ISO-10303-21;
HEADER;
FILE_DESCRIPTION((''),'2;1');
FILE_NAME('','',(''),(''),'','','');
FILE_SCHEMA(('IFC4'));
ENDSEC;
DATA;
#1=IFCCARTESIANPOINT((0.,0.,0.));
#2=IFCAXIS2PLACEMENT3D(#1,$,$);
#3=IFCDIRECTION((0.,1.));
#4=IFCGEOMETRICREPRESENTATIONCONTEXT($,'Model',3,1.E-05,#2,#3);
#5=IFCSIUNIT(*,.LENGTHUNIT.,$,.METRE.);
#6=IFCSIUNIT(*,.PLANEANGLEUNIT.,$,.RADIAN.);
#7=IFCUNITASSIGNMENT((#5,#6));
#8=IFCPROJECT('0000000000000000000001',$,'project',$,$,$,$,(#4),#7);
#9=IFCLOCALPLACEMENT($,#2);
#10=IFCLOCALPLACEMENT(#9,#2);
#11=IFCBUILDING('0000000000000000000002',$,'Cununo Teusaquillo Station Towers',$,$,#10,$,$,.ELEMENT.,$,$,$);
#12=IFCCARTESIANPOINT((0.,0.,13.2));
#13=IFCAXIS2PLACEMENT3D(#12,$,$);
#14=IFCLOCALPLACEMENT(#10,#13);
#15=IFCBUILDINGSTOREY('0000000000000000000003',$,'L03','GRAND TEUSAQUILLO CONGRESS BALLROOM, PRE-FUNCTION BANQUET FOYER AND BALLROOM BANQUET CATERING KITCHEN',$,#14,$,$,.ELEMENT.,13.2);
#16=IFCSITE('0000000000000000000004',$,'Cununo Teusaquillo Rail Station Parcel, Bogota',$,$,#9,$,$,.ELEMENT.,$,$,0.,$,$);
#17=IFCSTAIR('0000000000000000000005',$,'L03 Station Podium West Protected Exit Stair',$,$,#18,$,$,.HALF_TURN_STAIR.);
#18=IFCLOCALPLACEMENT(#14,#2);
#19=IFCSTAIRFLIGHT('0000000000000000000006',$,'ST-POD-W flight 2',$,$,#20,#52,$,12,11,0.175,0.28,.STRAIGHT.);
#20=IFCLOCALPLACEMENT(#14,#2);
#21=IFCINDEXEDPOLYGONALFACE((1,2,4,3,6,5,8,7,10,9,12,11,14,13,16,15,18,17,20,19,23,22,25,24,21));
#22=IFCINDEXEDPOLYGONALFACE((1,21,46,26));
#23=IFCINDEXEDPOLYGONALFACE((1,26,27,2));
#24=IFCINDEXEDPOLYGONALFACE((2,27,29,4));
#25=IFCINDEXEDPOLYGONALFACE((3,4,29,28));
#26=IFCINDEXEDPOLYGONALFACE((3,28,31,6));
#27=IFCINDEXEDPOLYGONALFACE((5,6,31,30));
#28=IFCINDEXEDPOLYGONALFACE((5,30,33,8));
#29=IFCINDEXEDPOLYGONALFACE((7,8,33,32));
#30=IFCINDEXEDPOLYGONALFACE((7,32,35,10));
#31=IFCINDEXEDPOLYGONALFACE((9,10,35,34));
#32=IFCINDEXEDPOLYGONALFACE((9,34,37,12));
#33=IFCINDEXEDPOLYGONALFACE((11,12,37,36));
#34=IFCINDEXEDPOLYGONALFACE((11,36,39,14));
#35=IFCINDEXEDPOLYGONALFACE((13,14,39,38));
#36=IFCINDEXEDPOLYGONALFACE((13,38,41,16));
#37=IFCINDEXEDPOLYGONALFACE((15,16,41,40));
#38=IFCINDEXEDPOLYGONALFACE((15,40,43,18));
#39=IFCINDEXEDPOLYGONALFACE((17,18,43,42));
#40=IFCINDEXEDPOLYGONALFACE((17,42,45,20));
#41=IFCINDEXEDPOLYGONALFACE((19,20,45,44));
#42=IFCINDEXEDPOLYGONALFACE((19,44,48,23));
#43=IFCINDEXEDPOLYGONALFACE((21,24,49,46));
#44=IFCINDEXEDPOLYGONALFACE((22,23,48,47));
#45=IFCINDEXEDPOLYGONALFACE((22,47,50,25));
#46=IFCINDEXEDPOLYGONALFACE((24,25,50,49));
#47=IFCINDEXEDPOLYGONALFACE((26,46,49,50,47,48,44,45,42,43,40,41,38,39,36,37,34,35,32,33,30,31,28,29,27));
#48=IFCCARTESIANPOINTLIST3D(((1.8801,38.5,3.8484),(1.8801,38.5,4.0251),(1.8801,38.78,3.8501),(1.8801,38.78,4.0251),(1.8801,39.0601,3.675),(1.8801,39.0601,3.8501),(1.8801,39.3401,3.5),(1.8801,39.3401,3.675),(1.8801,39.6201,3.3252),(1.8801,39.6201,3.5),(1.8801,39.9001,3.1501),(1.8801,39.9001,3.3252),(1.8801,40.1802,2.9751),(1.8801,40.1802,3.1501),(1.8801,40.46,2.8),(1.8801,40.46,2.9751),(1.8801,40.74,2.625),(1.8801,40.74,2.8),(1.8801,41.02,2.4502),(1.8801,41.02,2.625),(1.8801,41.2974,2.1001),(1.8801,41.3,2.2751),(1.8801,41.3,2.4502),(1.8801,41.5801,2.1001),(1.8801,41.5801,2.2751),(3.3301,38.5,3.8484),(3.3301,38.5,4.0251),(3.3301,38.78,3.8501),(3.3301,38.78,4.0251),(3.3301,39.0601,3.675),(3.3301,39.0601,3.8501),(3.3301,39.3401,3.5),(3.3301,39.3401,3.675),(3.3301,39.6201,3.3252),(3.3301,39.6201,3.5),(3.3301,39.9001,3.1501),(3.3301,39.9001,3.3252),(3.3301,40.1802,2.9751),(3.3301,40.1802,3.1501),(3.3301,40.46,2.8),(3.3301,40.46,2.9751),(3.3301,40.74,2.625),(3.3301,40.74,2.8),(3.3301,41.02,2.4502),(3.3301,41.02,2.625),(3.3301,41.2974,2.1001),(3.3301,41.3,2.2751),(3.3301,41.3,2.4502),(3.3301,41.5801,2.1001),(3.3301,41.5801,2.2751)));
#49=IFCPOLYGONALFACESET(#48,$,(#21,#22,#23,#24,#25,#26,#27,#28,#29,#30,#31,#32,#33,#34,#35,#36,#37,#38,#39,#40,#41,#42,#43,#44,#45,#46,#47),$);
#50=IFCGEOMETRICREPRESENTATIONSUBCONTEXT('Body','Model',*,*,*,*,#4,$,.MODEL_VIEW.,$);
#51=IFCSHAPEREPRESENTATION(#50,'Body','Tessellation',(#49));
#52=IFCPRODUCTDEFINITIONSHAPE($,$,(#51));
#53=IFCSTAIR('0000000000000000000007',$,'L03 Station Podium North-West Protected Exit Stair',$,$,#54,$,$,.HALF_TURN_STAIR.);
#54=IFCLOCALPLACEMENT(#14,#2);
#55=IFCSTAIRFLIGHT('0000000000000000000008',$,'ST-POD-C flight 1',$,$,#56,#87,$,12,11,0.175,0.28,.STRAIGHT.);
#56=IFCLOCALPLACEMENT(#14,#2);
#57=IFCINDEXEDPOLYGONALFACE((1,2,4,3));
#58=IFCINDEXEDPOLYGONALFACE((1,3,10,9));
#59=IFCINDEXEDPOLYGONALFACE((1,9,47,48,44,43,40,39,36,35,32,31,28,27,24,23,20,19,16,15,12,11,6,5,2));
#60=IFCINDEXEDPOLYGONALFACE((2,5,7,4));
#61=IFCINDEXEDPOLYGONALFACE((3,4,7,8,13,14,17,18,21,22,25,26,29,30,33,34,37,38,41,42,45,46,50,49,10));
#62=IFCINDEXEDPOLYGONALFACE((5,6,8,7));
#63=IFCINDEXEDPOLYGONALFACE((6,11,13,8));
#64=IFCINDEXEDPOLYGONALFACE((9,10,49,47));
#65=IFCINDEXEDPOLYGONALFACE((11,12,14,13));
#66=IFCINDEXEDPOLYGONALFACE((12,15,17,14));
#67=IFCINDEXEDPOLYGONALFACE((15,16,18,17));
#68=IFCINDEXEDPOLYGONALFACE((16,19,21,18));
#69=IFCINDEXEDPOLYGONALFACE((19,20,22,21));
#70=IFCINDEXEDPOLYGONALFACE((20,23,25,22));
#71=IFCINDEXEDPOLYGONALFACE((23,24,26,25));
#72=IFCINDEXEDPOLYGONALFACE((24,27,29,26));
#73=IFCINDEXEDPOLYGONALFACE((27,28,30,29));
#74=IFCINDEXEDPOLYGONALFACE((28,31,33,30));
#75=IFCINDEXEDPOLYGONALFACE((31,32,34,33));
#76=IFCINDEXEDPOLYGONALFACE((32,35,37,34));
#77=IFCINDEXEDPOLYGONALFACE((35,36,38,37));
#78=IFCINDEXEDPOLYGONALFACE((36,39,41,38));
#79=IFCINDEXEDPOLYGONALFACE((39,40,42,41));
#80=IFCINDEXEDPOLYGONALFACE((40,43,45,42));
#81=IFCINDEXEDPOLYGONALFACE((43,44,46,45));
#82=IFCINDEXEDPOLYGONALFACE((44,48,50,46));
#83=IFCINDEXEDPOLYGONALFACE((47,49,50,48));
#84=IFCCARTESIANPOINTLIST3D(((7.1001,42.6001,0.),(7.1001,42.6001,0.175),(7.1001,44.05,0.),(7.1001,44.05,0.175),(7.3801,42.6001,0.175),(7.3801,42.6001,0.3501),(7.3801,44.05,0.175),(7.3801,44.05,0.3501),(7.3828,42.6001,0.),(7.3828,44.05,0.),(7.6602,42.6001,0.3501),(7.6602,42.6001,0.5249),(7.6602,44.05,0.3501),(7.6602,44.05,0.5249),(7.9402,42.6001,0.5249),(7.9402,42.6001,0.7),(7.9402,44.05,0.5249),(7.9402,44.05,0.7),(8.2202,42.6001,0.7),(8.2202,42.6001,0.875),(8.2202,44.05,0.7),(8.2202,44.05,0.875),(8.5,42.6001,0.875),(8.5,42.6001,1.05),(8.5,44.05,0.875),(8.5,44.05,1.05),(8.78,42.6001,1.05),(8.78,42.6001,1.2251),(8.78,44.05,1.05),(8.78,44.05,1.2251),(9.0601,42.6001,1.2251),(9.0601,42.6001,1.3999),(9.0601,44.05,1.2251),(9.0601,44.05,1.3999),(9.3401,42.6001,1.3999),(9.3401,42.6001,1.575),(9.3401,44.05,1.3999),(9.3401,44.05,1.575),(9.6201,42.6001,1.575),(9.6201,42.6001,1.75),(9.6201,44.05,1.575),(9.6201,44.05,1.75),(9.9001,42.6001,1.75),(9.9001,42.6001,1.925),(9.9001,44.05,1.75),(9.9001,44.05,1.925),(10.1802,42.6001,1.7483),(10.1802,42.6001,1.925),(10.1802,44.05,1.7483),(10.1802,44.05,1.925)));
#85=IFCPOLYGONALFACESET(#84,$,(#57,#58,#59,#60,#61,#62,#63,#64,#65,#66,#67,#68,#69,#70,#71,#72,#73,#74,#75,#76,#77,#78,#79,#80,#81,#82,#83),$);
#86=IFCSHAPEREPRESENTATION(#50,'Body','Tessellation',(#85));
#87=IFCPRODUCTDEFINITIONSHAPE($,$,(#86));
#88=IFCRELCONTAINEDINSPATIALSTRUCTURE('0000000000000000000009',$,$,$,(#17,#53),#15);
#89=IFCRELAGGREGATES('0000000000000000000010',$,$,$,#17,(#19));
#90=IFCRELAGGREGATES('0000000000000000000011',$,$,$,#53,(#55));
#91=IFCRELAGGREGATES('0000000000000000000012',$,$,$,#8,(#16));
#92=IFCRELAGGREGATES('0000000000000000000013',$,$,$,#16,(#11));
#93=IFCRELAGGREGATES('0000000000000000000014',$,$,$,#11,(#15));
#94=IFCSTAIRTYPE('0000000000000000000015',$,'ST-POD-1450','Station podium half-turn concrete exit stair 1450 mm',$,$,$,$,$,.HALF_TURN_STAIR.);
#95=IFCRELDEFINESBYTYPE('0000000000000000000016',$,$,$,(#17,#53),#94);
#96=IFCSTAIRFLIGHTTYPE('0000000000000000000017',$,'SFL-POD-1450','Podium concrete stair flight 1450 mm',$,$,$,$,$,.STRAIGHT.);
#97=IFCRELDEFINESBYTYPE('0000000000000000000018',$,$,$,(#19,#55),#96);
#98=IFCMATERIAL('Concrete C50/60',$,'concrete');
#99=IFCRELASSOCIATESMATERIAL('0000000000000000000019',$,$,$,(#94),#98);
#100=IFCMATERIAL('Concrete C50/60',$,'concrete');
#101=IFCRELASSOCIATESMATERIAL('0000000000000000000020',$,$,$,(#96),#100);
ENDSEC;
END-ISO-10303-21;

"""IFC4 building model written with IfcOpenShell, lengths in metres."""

from ifc_helpers import new_model, si_unit, direction, frame, origin, place, context, subcontext, project, spatial, polyline, outline, extrude, material, type_object, element, aggregate, save


model = new_model("IFC4")

# Units and contexts
model_context = context("Model", 3, precision=1e-05, world=origin(), true_north=direction((0.0, 1.0)))
body_context = subcontext(model_context, "Body", "Model", "MODEL_VIEW")
ifc_project = project(units=[si_unit("LENGTHUNIT", "METRE"), si_unit("PLANEANGLEUNIT", "RADIAN")], contexts=[model_context])

# Site, building, storey
site_placement = place(None, origin())
site = spatial("IfcSite", under=ifc_project, at=site_placement, Name="Cununo Teusaquillo Rail Station Parcel, Bogota", CompositionType="ELEMENT", RefElevation=0.0)
building_placement = place(site_placement, origin())
building = spatial("IfcBuilding", under=site, at=building_placement, Name="Cununo Teusaquillo Station Towers", CompositionType="ELEMENT")
storey_placement = place(building_placement, frame((0.0, 0.0, 13.2)))
storey = spatial("IfcBuildingStorey", under=building, at=storey_placement, Name="L03", Description="GRAND TEUSAQUILLO CONGRESS BALLROOM, PRE-FUNCTION BANQUET FOYER AND BALLROOM BANQUET CATERING KITCHEN", CompositionType="ELEMENT", Elevation=13.2)

# Stair, stair flight
ifc_material_1 = material(Name="Concrete C50/60", Category="concrete")
stair_type = type_object("IfcStairType", Name="ST-POD-1450", Description="Station podium half-turn concrete exit stair 1450 mm", PredefinedType="HALF_TURN_STAIR", material=ifc_material_1)
stair_1_placement = place(storey_placement, origin())
stair_1 = element("IfcStair", 1, at=stair_1_placement, inside=storey, type_object=stair_type, Name="L03 Station Podium West Protected Exit Stair", PredefinedType="HALF_TURN_STAIR")
ifc_material_2 = material(Name="Concrete C50/60", Category="concrete")
stair_flight_type = type_object("IfcStairFlightType", Name="SFL-POD-1450", Description="Podium concrete stair flight 1450 mm", PredefinedType="STRAIGHT", material=ifc_material_2)
stair_flight_1_placement = place(storey_placement, frame((2.605, 41.5801, 2.1001), z_axis=(0.0, 0.0, 1.0), x_axis=(0.0, -1.0, 0.0)))
stair_flight_1 = element("IfcStairFlight", 2, at=stair_flight_1_placement, type_object=stair_flight_type, Name="ST-POD-W flight 2", NumberOfRisers=12, NumberOfTreads=11, PredefinedType="STRAIGHT", RiserHeight=0.175, TreadLength=0.28, context=body_context, shape_type="SweptSolid", body=[
    extrude(outline(polyline([(0.0, 0.0), (0.0, 0.175), (0.28, 0.175), (0.28, 0.3501), (0.5601, 0.3501), (0.5601, 0.5249), (0.8401, 0.5249), (0.8401, 0.7), (1.1201, 0.7), (1.1201, 0.875), (1.3999, 0.875), (1.3999, 1.05), (1.6799, 1.05), (1.6799, 1.2251), (1.96, 1.2251), (1.96, 1.3999), (2.24, 1.3999), (2.24, 1.575), (2.52, 1.575), (2.52, 1.75), (2.8, 1.75), (2.8, 1.925), (3.0801, 1.925), (3.0801, 2.1001), (3.0801, 1.7483), (0.2827, 0.0), (0.0, 0.0)])), frame((0.0, 0.7251, 0.0), z_axis=(0.0, -1.0, 0.0), x_axis=(1.0, 0.0, 0.0)), (0.0, 0.0, 1.0), 1.45),
])
aggregate(stair_1, [stair_flight_1])

# Stair, stair flight
stair_2_placement = place(storey_placement, origin())
stair_2 = element("IfcStair", 3, at=stair_2_placement, inside=storey, type_object=stair_type, Name="L03 Station Podium North-West Protected Exit Stair", PredefinedType="HALF_TURN_STAIR")
stair_flight_2_placement = place(storey_placement, frame((7.1001, 43.325, 0.0), z_axis=(0.0, 0.0, 1.0), x_axis=(1.0, 0.0, 0.0)))
stair_flight_2 = element("IfcStairFlight", 4, at=stair_flight_2_placement, type_object=stair_flight_type, Name="ST-POD-C flight 1", NumberOfRisers=12, NumberOfTreads=11, PredefinedType="STRAIGHT", RiserHeight=0.175, TreadLength=0.28, context=body_context, shape_type="SweptSolid", body=[
    extrude(outline(polyline([(0.0, 0.0), (0.0, 0.175), (0.28, 0.175), (0.28, 0.3501), (0.5601, 0.3501), (0.5601, 0.5249), (0.8401, 0.5249), (0.8401, 0.7), (1.1201, 0.7), (1.1201, 0.875), (1.3999, 0.875), (1.3999, 1.05), (1.6799, 1.05), (1.6799, 1.2251), (1.96, 1.2251), (1.96, 1.3999), (2.24, 1.3999), (2.24, 1.575), (2.52, 1.575), (2.52, 1.75), (2.8, 1.75), (2.8, 1.925), (3.0801, 1.925), (3.0801, 2.1001), (3.0801, 1.7483), (0.2827, 0.0), (0.0, 0.0)])), frame((0.0, 0.7251, 0.0), z_axis=(0.0, -1.0, 0.0), x_axis=(1.0, 0.0, 0.0)), (0.0, 0.0, 1.0), 1.45),
])
aggregate(stair_2, [stair_flight_2])

save(model, "model.ifc")
